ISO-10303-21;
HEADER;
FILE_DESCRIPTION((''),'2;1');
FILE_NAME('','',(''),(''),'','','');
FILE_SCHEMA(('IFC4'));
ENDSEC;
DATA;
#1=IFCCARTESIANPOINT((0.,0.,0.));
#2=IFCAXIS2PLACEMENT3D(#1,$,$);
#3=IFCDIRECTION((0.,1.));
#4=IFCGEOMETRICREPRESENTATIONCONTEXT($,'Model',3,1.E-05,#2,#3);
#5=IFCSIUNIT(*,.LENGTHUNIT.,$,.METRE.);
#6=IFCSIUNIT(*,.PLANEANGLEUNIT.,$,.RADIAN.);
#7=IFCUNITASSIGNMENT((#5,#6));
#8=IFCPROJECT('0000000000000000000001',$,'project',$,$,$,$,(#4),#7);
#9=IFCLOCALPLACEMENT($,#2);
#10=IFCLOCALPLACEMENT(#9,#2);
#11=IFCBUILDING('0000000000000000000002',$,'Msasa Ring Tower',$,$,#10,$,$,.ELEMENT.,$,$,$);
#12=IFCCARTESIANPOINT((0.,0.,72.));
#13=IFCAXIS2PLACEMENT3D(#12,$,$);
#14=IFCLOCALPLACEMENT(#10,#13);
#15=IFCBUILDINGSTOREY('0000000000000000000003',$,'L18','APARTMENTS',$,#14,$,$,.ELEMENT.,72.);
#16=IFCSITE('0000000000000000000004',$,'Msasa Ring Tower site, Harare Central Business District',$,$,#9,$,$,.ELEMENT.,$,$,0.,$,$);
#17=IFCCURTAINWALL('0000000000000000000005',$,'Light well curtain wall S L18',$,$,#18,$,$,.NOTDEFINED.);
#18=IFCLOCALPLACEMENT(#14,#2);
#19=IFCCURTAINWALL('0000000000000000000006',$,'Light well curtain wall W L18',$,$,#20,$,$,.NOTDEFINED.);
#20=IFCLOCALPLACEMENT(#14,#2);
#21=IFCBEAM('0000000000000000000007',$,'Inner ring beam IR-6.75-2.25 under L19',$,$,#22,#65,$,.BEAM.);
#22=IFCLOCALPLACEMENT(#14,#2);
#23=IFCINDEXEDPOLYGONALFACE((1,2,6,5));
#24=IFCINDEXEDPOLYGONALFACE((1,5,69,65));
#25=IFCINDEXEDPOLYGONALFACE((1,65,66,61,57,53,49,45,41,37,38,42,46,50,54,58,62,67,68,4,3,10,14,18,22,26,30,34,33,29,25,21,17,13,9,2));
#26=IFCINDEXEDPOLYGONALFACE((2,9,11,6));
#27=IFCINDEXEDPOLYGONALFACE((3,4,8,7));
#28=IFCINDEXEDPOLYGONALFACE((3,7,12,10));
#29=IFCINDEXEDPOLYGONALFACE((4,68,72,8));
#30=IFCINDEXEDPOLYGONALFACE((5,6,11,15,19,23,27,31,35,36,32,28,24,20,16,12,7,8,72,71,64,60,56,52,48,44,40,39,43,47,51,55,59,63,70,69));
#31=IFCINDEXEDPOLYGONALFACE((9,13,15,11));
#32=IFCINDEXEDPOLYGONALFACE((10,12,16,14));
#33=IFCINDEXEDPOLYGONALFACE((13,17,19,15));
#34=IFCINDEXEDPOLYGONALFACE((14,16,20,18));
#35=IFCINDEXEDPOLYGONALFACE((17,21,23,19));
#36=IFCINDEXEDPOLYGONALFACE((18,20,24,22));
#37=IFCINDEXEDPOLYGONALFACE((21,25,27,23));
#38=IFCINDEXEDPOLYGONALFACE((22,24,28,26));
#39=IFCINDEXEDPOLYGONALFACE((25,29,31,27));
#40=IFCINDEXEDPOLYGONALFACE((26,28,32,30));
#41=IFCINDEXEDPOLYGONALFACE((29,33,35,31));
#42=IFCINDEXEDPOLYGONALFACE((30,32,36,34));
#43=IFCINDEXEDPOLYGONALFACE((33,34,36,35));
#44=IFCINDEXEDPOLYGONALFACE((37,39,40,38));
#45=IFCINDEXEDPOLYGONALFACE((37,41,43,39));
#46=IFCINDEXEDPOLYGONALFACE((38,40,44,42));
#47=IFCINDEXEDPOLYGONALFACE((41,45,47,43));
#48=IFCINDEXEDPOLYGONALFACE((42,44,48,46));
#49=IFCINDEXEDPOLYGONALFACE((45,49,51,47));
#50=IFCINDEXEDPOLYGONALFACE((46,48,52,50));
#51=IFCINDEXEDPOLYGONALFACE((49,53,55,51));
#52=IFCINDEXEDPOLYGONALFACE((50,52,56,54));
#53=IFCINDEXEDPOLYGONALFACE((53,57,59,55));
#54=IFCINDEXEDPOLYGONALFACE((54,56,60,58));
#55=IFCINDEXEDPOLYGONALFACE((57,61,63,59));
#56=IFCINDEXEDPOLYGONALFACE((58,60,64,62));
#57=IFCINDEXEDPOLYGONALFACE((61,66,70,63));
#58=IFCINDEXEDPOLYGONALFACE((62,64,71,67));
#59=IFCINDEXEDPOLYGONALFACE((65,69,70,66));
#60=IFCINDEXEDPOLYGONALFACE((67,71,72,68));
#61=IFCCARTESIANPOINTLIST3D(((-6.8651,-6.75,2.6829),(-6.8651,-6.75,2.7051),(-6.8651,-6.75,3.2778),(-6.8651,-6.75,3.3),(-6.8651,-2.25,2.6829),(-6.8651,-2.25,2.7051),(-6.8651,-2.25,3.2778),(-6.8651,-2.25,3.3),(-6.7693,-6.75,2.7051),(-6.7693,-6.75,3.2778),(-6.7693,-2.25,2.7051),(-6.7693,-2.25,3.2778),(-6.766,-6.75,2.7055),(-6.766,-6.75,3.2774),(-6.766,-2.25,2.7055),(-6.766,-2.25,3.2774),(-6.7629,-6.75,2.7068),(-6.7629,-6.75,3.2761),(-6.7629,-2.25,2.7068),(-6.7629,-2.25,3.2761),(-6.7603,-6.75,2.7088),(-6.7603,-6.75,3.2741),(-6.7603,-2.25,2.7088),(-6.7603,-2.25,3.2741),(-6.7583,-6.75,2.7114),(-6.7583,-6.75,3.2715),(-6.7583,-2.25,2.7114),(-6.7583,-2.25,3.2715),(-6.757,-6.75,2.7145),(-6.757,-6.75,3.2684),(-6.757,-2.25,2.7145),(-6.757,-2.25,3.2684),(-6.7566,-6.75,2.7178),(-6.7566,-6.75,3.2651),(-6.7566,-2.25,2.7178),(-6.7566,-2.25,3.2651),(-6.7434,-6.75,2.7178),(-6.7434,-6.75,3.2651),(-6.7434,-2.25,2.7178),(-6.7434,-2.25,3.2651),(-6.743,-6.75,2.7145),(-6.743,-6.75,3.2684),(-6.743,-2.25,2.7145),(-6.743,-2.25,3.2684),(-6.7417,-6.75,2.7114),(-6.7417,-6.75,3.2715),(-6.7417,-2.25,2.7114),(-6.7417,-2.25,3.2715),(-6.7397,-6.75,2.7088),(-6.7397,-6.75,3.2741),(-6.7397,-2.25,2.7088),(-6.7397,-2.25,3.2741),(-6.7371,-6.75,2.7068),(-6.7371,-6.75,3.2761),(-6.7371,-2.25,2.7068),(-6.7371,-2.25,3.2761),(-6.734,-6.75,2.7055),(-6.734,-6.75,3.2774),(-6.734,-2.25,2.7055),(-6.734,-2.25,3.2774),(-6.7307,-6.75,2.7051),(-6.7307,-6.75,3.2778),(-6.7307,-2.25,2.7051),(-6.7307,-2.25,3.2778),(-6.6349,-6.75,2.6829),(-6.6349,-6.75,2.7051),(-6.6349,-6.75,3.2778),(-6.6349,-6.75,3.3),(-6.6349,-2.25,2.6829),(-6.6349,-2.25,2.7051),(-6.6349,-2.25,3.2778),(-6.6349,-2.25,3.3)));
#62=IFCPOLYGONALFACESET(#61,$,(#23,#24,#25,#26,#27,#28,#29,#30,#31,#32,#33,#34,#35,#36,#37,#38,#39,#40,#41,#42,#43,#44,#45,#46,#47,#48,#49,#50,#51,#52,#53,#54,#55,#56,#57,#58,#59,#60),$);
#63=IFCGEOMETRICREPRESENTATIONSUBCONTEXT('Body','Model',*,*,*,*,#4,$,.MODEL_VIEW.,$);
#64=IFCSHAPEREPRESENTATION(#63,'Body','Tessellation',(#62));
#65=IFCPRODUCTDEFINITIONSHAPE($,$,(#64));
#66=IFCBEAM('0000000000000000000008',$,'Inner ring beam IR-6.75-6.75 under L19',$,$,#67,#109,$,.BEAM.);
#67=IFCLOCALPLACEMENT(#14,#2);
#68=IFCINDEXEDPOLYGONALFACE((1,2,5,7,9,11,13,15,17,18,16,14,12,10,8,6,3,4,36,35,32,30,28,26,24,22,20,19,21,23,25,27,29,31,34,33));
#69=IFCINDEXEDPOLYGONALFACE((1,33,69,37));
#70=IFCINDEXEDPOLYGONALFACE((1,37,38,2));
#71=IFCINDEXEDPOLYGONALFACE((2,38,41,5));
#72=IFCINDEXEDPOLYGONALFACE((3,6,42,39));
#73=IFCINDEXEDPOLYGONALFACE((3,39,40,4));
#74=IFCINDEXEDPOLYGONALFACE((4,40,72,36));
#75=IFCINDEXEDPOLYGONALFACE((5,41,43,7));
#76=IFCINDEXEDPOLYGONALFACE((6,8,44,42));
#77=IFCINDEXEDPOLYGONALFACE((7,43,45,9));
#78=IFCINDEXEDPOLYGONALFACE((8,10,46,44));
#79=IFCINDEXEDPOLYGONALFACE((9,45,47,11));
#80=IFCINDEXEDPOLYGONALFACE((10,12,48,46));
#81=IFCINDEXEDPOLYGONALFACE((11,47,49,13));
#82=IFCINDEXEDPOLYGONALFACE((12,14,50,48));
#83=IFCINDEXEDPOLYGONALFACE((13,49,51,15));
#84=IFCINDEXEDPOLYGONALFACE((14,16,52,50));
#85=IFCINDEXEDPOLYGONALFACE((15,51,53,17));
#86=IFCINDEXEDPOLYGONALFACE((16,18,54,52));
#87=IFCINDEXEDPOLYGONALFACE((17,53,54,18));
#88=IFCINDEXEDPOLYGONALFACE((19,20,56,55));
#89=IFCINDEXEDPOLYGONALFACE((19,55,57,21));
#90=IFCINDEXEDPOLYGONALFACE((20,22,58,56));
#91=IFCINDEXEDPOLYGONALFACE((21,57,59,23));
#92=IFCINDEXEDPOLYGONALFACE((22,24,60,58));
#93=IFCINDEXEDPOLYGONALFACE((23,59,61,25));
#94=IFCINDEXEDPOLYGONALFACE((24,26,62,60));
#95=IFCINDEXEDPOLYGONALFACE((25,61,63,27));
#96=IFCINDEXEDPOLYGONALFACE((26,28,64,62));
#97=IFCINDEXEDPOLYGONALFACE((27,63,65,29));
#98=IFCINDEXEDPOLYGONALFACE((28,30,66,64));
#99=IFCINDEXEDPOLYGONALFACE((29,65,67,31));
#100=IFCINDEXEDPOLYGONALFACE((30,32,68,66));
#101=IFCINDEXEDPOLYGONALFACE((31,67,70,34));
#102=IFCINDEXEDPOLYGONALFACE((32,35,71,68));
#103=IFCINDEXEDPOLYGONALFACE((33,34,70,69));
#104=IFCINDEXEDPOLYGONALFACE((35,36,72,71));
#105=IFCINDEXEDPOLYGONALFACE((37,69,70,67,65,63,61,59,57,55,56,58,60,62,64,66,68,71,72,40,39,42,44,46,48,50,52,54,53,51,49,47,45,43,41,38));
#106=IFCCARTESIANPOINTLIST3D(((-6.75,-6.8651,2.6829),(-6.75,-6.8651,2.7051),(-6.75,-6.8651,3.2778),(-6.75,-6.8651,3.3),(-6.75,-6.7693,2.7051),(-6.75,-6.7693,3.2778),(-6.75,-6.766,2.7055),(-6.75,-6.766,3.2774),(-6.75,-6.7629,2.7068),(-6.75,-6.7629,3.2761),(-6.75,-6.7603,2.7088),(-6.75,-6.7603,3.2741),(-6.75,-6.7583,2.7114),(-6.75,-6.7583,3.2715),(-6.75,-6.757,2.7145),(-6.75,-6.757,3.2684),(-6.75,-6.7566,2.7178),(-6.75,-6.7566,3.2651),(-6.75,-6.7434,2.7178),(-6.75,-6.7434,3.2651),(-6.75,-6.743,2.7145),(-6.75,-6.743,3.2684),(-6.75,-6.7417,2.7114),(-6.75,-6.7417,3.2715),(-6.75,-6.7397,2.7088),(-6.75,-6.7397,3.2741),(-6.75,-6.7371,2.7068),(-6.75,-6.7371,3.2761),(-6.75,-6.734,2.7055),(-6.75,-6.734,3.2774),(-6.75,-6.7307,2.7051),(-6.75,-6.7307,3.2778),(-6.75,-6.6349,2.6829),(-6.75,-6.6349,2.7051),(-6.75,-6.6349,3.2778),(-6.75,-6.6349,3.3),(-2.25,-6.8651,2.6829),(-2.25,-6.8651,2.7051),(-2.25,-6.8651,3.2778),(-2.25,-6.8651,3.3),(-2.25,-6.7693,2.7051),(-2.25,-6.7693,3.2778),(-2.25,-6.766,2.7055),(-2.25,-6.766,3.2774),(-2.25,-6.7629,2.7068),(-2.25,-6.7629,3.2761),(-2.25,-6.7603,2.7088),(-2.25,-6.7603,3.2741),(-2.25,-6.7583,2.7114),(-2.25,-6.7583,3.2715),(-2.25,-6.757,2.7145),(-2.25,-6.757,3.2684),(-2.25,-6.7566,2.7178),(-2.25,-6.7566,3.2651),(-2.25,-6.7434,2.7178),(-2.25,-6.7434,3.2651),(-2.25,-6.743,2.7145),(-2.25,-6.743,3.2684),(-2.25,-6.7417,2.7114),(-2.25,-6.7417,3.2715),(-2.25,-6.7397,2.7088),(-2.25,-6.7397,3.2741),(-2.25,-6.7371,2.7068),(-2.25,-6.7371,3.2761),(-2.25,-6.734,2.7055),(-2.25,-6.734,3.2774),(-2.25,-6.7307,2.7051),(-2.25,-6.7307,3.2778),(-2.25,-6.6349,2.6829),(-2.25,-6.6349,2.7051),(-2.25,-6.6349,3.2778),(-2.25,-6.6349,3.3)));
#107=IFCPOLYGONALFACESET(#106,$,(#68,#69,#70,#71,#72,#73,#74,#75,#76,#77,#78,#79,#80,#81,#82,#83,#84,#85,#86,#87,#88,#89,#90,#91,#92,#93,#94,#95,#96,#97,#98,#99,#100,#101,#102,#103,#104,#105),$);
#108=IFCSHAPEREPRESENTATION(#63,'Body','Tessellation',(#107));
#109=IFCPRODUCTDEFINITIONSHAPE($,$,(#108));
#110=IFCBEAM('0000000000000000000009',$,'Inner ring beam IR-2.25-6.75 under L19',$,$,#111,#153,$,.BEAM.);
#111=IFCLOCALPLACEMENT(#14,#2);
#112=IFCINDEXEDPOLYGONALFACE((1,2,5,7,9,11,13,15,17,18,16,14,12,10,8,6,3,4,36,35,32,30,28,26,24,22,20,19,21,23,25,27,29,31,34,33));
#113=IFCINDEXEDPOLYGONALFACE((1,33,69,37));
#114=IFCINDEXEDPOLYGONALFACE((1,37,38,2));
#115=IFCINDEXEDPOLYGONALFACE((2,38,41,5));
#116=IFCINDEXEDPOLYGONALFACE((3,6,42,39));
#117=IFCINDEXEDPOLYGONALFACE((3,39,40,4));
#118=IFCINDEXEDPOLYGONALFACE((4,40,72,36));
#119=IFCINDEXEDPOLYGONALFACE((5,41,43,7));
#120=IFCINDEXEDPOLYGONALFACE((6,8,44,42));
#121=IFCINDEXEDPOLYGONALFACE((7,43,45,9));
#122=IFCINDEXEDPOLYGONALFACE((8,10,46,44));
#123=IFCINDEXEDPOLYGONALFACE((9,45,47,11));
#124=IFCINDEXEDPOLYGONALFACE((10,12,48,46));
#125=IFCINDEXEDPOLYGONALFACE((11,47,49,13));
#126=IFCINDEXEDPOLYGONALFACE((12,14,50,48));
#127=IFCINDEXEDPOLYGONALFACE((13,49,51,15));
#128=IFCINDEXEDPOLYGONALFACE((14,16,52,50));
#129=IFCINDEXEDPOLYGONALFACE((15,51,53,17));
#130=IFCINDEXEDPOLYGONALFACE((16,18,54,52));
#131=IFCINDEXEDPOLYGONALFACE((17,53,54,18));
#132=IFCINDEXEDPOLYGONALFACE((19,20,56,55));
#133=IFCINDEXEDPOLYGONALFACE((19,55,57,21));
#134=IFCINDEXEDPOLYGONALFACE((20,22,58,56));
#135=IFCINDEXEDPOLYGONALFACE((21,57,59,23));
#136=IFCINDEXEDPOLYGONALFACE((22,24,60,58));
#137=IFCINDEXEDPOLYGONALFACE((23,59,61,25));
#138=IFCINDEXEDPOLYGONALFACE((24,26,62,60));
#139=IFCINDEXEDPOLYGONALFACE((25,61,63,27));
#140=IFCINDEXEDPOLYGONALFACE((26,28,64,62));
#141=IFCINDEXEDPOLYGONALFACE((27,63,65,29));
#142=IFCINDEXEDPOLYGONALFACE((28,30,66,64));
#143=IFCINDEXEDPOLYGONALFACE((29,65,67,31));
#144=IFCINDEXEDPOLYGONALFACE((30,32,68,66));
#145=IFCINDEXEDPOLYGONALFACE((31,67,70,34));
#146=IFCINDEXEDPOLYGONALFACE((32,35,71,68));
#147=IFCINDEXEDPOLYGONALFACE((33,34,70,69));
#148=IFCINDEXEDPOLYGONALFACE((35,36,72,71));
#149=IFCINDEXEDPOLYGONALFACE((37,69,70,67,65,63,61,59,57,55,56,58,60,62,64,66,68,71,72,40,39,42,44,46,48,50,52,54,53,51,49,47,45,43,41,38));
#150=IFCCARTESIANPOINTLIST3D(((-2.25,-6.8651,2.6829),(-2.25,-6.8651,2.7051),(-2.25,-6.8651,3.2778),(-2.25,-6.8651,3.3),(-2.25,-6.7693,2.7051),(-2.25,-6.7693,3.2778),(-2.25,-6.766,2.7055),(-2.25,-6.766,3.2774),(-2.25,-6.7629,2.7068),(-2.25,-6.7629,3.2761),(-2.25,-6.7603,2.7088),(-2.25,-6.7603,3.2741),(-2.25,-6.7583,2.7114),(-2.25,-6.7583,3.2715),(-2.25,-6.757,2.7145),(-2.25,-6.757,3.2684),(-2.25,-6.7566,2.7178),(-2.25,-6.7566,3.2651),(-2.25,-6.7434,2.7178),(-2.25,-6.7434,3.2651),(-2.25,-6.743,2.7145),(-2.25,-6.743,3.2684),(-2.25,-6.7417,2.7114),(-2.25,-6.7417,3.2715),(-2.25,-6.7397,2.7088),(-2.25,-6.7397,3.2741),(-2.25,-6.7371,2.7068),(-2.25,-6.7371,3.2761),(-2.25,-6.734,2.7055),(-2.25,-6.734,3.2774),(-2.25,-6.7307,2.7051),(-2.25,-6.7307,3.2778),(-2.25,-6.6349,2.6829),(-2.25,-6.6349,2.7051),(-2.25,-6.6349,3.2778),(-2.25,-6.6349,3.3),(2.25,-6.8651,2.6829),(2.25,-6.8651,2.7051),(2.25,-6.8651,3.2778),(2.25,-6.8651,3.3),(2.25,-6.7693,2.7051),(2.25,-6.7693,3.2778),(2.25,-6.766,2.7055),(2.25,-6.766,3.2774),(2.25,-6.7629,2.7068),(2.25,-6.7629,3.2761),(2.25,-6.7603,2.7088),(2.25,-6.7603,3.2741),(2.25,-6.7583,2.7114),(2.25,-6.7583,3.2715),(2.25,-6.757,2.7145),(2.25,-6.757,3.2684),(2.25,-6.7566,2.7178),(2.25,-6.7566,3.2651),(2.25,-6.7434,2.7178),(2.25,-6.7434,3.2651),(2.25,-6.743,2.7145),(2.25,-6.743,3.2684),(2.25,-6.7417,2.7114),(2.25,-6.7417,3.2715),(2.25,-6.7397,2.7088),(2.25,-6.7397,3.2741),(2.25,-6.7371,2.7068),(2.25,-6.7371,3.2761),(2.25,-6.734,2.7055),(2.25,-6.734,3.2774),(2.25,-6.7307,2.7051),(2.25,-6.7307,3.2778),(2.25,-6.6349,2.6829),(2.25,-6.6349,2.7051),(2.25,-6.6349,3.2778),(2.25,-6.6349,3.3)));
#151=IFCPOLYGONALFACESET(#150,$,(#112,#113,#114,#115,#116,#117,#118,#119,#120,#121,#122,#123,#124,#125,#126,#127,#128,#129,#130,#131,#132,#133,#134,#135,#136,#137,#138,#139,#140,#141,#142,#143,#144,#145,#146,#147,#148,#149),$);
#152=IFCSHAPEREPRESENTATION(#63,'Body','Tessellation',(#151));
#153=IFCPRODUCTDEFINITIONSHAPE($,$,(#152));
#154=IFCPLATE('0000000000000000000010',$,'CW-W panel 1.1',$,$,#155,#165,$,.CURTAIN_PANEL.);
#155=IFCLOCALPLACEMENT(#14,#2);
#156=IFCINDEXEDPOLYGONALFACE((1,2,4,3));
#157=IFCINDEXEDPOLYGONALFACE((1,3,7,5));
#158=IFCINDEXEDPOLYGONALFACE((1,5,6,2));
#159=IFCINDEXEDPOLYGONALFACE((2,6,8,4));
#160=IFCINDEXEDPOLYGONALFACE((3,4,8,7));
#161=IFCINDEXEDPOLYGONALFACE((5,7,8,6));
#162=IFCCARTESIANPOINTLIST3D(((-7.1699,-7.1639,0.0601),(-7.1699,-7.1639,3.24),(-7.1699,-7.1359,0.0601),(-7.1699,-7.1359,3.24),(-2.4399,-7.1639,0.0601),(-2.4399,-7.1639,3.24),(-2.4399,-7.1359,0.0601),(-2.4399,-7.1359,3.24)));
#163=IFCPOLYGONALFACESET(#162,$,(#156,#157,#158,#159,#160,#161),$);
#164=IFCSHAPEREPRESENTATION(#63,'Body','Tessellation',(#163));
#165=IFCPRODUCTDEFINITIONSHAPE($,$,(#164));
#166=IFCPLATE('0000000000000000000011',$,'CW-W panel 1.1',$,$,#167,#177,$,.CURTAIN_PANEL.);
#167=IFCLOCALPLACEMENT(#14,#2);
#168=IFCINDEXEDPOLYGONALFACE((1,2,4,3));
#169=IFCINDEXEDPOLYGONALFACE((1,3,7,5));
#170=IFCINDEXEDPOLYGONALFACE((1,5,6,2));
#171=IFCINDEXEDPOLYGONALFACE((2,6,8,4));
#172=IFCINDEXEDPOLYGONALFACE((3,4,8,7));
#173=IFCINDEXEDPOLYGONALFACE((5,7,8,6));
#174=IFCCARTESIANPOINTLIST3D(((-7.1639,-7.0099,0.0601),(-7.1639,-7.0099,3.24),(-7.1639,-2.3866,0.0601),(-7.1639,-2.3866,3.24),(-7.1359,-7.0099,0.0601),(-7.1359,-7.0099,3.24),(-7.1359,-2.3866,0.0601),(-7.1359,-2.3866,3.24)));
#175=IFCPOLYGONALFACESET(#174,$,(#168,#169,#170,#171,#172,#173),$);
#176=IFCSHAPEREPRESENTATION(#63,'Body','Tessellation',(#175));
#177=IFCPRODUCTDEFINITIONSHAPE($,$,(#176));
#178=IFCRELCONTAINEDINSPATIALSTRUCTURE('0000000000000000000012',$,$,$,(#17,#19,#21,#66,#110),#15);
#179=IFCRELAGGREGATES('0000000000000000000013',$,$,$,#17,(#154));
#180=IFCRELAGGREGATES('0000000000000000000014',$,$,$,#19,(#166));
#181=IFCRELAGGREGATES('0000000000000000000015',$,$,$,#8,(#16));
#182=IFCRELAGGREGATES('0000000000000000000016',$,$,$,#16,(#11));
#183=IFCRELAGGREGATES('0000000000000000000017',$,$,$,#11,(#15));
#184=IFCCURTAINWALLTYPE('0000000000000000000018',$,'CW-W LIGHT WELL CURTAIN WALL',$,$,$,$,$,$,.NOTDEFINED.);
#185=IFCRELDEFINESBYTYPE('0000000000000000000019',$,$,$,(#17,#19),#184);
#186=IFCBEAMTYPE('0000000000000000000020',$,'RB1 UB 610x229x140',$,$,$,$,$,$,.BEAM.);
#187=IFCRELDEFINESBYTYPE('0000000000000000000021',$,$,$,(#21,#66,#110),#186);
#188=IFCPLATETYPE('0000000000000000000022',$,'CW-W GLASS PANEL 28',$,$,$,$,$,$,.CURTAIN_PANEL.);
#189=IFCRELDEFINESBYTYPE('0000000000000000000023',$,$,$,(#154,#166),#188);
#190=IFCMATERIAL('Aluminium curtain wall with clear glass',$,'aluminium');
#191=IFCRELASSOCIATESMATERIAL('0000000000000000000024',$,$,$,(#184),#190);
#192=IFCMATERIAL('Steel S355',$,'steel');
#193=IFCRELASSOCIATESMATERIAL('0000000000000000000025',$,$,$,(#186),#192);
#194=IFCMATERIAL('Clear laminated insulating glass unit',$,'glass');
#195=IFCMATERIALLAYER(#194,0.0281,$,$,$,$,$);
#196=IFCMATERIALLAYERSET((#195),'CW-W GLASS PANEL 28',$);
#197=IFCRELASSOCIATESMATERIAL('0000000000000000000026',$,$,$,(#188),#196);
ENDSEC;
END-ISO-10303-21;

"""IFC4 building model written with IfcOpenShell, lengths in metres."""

from ifc_helpers import new_model, si_unit, direction, frame, origin, origin_2d, place, context, subcontext, project, spatial, rectangle, i_section, extrude, material, layer, layer_set, material_profile, profile_set, type_object, element, aggregate, save


model = new_model("IFC4")

# Units and contexts
model_context = context("Model", 3, precision=1e-05, world=origin(), true_north=direction((0.0, 1.0)))
body_context = subcontext(model_context, "Body", "Model", "MODEL_VIEW")
ifc_project = project(units=[si_unit("LENGTHUNIT", "METRE"), si_unit("PLANEANGLEUNIT", "RADIAN")], contexts=[model_context])

# Site, building, storey
site_placement = place(None, origin())
site = spatial("IfcSite", under=ifc_project, at=site_placement, Name="Msasa Ring Tower site, Harare Central Business District", CompositionType="ELEMENT", RefElevation=0.0)
building_placement = place(site_placement, origin())
building = spatial("IfcBuilding", under=site, at=building_placement, Name="Msasa Ring Tower", CompositionType="ELEMENT")
storey_placement = place(building_placement, frame((0.0, 0.0, 72.0)))
storey = spatial("IfcBuildingStorey", under=building, at=storey_placement, Name="L18", Description="APARTMENTS", CompositionType="ELEMENT", Elevation=72.0)

# Curtain walls
ifc_material_1 = material(Name="Aluminium curtain wall with clear glass", Category="aluminium")
curtain_wall_type = type_object("IfcCurtainWallType", Name="CW-W LIGHT WELL CURTAIN WALL", PredefinedType="NOTDEFINED", material=ifc_material_1)
curtain_wall_1_placement = place(storey_placement, origin())
curtain_wall_1 = element("IfcCurtainWall", 1, at=curtain_wall_1_placement, inside=storey, type_object=curtain_wall_type, Name="Light well curtain wall S L18", PredefinedType="NOTDEFINED")
curtain_wall_2_placement = place(storey_placement, origin())
curtain_wall_2 = element("IfcCurtainWall", 2, at=curtain_wall_2_placement, inside=storey, type_object=curtain_wall_type, Name="Light well curtain wall W L18", PredefinedType="NOTDEFINED")

# Beams
ifc_material_2 = material(Name="Steel S355", Category="steel")
ifc_material_profile_1 = material_profile(ifc_material_2, i_section(OverallWidth=0.2302, OverallDepth=0.6172, WebThickness=0.0132, FlangeThickness=0.0222, FilletRadius=0.0127, at=origin_2d()), Name="UB 610x229x140")
ifc_profile_set_1 = profile_set([ifc_material_profile_1], Name="Steel S355")
beam_type = type_object("IfcBeamType", Name="RB1 UB 610x229x140", PredefinedType="BEAM", material=ifc_profile_set_1)
for number, where, z_axis, x_axis, name in (
    (3, (-6.75, -2.25, 2.9915), (0.0, -1.0, 0.0), (1.0, 0.0, 0.0), "Inner ring beam IR-6.75-2.25 under L19"),
    (4, (-6.75, -6.75, 2.9915), (1.0, 0.0, 0.0), (0.0, 1.0, 0.0), "Inner ring beam IR-6.75-6.75 under L19"),
    (5, (-2.25, -6.75, 2.9915), (1.0, 0.0, 0.0), (0.0, 1.0, 0.0), "Inner ring beam IR-2.25-6.75 under L19"),
):
    element("IfcBeam", number, at=place(storey_placement, frame(where, z_axis=z_axis, x_axis=x_axis)), inside=storey, type_object=beam_type, Name=name, PredefinedType="BEAM", context=body_context, shape_type="SweptSolid", body=[
        extrude(i_section(OverallWidth=0.2302, OverallDepth=0.6172, WebThickness=0.0132, FlangeThickness=0.0222, FilletRadius=0.0127, at=origin_2d()), origin(), (0.0, 0.0, 1.0), 4.5),
    ])

# Plates
ifc_material_3 = material(Name="Clear laminated insulating glass unit", Category="glass")
ifc_layer = layer(ifc_material_3, 0.0281)
ifc_layer_set = layer_set([ifc_layer], Name="CW-W GLASS PANEL 28")
plate_type = type_object("IfcPlateType", Name="CW-W GLASS PANEL 28", PredefinedType="CURTAIN_PANEL", material=ifc_layer_set)
plate_1_placement = place(storey_placement, frame((-4.8049, -7.1499, 0.0601), z_axis=(0.0, 0.0, 1.0), x_axis=(1.0, 0.0, 0.0)))
plate_1 = element("IfcPlate", 6, at=plate_1_placement, type_object=plate_type, Name="CW-W panel 1.1", PredefinedType="CURTAIN_PANEL", context=body_context, shape_type="SweptSolid", body=[
    extrude(rectangle(XDim=4.73, YDim=0.0281, at=origin_2d()), origin(), (0.0, 0.0, 1.0), 3.1799),
])
aggregate(curtain_wall_1, [plate_1])
plate_2_placement = place(storey_placement, frame((-7.1499, -4.6982, 0.0601), z_axis=(0.0, 0.0, 1.0), x_axis=(0.0, 1.0, 0.0)))
plate_2 = element("IfcPlate", 7, at=plate_2_placement, type_object=plate_type, Name="CW-W panel 1.1", PredefinedType="CURTAIN_PANEL", context=body_context, shape_type="SweptSolid", body=[
    extrude(rectangle(XDim=4.6233, YDim=0.0281, at=origin_2d()), origin(), (0.0, 0.0, 1.0), 3.1799),
])
aggregate(curtain_wall_2, [plate_2])

save(model, "model.ifc")
